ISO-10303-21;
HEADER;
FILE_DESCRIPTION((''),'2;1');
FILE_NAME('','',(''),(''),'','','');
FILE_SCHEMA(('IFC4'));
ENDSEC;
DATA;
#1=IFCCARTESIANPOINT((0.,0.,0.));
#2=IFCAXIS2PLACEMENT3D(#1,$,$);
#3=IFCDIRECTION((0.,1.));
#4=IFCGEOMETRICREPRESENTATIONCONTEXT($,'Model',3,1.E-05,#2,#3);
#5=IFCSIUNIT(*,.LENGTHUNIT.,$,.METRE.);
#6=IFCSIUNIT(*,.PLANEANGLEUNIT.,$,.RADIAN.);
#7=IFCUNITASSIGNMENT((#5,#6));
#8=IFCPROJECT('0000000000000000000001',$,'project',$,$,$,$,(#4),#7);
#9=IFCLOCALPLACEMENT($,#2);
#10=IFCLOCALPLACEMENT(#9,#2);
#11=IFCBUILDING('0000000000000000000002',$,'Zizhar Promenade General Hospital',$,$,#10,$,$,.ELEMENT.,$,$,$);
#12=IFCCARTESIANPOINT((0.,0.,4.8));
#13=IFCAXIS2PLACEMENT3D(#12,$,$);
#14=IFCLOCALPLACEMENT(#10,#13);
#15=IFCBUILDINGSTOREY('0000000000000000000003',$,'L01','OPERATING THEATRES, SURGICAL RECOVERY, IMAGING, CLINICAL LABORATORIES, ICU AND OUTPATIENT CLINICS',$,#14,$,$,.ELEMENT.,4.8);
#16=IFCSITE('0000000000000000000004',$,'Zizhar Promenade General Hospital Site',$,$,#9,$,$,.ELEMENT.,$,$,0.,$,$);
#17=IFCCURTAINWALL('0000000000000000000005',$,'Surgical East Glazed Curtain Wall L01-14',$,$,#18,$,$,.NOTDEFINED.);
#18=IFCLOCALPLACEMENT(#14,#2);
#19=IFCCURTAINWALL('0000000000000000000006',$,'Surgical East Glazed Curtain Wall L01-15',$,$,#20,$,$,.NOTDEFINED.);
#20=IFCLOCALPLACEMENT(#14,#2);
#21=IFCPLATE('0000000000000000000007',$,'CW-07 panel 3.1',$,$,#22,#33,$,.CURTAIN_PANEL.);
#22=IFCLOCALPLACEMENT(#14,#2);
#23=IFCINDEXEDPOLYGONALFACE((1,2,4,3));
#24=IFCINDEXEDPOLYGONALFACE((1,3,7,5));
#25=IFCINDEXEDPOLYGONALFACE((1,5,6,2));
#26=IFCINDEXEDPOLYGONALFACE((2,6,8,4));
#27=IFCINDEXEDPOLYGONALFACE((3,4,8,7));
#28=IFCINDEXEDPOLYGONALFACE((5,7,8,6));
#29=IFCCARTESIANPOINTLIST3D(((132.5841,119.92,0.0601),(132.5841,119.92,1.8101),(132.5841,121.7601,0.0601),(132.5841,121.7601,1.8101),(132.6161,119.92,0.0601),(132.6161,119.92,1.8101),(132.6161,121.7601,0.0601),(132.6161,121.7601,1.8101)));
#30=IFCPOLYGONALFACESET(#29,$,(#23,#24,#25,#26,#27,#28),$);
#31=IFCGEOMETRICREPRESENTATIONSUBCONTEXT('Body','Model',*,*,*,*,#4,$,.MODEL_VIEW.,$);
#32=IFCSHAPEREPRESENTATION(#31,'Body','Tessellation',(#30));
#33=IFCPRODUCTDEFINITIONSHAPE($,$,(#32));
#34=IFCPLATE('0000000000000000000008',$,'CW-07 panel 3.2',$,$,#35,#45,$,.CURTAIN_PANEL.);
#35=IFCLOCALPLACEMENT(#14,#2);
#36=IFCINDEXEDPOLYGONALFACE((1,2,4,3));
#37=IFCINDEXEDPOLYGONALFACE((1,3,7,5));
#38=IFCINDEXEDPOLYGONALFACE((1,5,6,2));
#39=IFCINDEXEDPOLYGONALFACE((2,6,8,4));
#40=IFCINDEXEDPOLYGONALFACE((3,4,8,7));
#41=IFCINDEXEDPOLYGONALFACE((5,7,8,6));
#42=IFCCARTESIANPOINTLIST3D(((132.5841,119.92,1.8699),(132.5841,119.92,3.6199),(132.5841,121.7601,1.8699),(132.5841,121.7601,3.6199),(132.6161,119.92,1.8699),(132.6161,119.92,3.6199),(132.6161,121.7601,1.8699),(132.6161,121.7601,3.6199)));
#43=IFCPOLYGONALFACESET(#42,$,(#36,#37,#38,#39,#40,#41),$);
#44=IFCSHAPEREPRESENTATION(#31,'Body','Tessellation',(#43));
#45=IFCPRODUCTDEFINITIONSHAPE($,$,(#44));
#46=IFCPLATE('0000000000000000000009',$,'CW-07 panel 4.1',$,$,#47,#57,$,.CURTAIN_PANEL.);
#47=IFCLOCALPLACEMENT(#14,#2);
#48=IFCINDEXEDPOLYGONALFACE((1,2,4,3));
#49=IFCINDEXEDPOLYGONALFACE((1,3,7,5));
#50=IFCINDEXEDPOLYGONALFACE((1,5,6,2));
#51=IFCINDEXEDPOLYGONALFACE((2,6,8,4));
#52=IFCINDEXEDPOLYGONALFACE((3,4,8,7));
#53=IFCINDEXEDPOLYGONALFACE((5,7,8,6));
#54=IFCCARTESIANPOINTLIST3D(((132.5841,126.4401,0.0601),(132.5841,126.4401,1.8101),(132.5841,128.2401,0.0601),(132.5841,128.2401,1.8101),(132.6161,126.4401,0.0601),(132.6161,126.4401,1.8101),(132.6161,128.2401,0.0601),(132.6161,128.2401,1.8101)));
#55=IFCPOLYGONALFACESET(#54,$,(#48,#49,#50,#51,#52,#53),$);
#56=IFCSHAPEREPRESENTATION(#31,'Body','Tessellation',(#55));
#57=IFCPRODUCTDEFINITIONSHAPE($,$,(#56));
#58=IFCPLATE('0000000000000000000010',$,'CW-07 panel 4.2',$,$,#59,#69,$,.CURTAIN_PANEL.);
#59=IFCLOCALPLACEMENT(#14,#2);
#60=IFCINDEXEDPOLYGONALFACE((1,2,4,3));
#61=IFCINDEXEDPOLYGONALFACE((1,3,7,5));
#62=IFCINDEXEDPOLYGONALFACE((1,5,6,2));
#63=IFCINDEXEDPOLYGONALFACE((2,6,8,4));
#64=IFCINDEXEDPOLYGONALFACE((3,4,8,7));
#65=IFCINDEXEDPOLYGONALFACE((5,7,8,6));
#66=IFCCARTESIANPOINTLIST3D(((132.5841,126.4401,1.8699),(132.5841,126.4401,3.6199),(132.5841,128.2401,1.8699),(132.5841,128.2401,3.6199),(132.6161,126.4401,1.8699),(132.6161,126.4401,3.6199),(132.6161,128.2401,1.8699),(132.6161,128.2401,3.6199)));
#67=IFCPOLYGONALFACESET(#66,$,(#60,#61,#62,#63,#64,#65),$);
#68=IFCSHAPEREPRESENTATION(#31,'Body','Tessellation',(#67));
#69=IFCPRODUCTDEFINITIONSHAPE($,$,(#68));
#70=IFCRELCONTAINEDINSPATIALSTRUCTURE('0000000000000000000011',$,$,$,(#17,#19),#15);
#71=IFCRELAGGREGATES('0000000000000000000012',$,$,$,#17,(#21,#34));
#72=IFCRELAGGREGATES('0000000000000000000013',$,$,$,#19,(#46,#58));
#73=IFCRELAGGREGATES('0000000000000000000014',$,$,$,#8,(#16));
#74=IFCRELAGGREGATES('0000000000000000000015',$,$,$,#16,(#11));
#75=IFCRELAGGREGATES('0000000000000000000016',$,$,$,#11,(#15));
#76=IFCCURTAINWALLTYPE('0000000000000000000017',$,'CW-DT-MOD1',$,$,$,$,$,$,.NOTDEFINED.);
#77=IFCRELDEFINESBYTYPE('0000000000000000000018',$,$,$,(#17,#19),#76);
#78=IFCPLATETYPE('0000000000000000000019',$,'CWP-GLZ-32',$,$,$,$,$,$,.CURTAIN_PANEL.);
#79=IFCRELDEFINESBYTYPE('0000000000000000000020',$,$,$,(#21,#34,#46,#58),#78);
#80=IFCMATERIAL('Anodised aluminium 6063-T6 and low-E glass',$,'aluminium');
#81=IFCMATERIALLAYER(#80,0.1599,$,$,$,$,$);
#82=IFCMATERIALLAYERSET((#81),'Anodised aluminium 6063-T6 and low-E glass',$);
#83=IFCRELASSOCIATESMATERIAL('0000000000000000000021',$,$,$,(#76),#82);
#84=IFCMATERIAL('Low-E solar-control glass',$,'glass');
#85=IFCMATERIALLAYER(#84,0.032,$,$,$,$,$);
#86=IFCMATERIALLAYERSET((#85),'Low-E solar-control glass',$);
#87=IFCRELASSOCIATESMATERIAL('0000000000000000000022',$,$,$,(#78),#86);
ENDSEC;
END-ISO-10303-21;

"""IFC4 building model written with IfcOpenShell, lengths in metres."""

from ifc_helpers import new_model, si_unit, direction, frame, origin, origin_2d, place, context, subcontext, project, spatial, rectangle, extrude, material, layer, layer_set, type_object, element, aggregate, save


model = new_model("IFC4")

# Units and contexts
model_context = context("Model", 3, precision=1e-05, world=origin(), true_north=direction((0.0, 1.0)))
body_context = subcontext(model_context, "Body", "Model", "MODEL_VIEW")
ifc_project = project(units=[si_unit("LENGTHUNIT", "METRE"), si_unit("PLANEANGLEUNIT", "RADIAN")], contexts=[model_context])

# Site, building, storey
site_placement = place(None, origin())
site = spatial("IfcSite", under=ifc_project, at=site_placement, Name="Zizhar Promenade General Hospital Site", CompositionType="ELEMENT", RefElevation=0.0)
building_placement = place(site_placement, origin())
building = spatial("IfcBuilding", under=site, at=building_placement, Name="Zizhar Promenade General Hospital", CompositionType="ELEMENT")
storey_placement = place(building_placement, frame((0.0, 0.0, 4.8)))
storey = spatial("IfcBuildingStorey", under=building, at=storey_placement, Name="L01", Description="OPERATING THEATRES, SURGICAL RECOVERY, IMAGING, CLINICAL LABORATORIES, ICU AND OUTPATIENT CLINICS", CompositionType="ELEMENT", Elevation=4.8)

# Curtain wall
ifc_material_1 = material(Name="Anodised aluminium 6063-T6 and low-E glass", Category="aluminium")
ifc_layer_1 = layer(ifc_material_1, 0.1599)
ifc_layer_set_1 = layer_set([ifc_layer_1], Name="Anodised aluminium 6063-T6 and low-E glass")
curtain_wall_type = type_object("IfcCurtainWallType", Name="CW-DT-MOD1", PredefinedType="NOTDEFINED", material=ifc_layer_set_1)
curtain_wall_1_placement = place(storey_placement, origin())
curtain_wall_1 = element("IfcCurtainWall", 1, at=curtain_wall_1_placement, inside=storey, type_object=curtain_wall_type, Name="Surgical East Glazed Curtain Wall L01-14", PredefinedType="NOTDEFINED")

# Curtain wall
curtain_wall_2_placement = place(storey_placement, origin())
curtain_wall_2 = element("IfcCurtainWall", 2, at=curtain_wall_2_placement, inside=storey, type_object=curtain_wall_type, Name="Surgical East Glazed Curtain Wall L01-15", PredefinedType="NOTDEFINED")

# Plates
ifc_material_2 = material(Name="Low-E solar-control glass", Category="glass")
ifc_layer_2 = layer(ifc_material_2, 0.032)
ifc_layer_set_2 = layer_set([ifc_layer_2], Name="Low-E solar-control glass")
plate_type = type_object("IfcPlateType", Name="CWP-GLZ-32", PredefinedType="CURTAIN_PANEL", material=ifc_layer_set_2)
plate_1_placement = place(storey_placement, frame((132.6001, 120.8401, 0.0601), z_axis=(0.0, 0.0, 1.0), x_axis=(0.0, -1.0, 0.0)))
plate_1 = element("IfcPlate", 3, at=plate_1_placement, type_object=plate_type, Name="CW-07 panel 3.1", PredefinedType="CURTAIN_PANEL", context=body_context, shape_type="SweptSolid", body=[
    extrude(rectangle(XDim=1.8401, YDim=0.032, at=origin_2d()), origin(), (0.0, 0.0, 1.0), 1.75),
])
plate_2_placement = place(storey_placement, frame((132.6001, 120.8401, 1.8699), z_axis=(0.0, 0.0, 1.0), x_axis=(0.0, -1.0, 0.0)))
plate_2 = element("IfcPlate", 4, at=plate_2_placement, type_object=plate_type, Name="CW-07 panel 3.2", PredefinedType="CURTAIN_PANEL", context=body_context, shape_type="SweptSolid", body=[
    extrude(rectangle(XDim=1.8401, YDim=0.032, at=origin_2d()), origin(), (0.0, 0.0, 1.0), 1.75),
])
aggregate(curtain_wall_1, [plate_1, plate_2])
plate_3_placement = place(storey_placement, frame((132.6001, 127.3401, 0.0601), z_axis=(0.0, 0.0, 1.0), x_axis=(0.0, -1.0, 0.0)))
plate_3 = element("IfcPlate", 5, at=plate_3_placement, type_object=plate_type, Name="CW-07 panel 4.1", PredefinedType="CURTAIN_PANEL", context=body_context, shape_type="SweptSolid", body=[
    extrude(rectangle(XDim=1.8, YDim=0.032, at=origin_2d()), origin(), (0.0, 0.0, 1.0), 1.75),
])
plate_4_placement = place(storey_placement, frame((132.6001, 127.3401, 1.8699), z_axis=(0.0, 0.0, 1.0), x_axis=(0.0, -1.0, 0.0)))
plate_4 = element("IfcPlate", 6, at=plate_4_placement, type_object=plate_type, Name="CW-07 panel 4.2", PredefinedType="CURTAIN_PANEL", context=body_context, shape_type="SweptSolid", body=[
    extrude(rectangle(XDim=1.8, YDim=0.032, at=origin_2d()), origin(), (0.0, 0.0, 1.0), 1.75),
])
aggregate(curtain_wall_2, [plate_3, plate_4])

save(model, "model.ifc")
